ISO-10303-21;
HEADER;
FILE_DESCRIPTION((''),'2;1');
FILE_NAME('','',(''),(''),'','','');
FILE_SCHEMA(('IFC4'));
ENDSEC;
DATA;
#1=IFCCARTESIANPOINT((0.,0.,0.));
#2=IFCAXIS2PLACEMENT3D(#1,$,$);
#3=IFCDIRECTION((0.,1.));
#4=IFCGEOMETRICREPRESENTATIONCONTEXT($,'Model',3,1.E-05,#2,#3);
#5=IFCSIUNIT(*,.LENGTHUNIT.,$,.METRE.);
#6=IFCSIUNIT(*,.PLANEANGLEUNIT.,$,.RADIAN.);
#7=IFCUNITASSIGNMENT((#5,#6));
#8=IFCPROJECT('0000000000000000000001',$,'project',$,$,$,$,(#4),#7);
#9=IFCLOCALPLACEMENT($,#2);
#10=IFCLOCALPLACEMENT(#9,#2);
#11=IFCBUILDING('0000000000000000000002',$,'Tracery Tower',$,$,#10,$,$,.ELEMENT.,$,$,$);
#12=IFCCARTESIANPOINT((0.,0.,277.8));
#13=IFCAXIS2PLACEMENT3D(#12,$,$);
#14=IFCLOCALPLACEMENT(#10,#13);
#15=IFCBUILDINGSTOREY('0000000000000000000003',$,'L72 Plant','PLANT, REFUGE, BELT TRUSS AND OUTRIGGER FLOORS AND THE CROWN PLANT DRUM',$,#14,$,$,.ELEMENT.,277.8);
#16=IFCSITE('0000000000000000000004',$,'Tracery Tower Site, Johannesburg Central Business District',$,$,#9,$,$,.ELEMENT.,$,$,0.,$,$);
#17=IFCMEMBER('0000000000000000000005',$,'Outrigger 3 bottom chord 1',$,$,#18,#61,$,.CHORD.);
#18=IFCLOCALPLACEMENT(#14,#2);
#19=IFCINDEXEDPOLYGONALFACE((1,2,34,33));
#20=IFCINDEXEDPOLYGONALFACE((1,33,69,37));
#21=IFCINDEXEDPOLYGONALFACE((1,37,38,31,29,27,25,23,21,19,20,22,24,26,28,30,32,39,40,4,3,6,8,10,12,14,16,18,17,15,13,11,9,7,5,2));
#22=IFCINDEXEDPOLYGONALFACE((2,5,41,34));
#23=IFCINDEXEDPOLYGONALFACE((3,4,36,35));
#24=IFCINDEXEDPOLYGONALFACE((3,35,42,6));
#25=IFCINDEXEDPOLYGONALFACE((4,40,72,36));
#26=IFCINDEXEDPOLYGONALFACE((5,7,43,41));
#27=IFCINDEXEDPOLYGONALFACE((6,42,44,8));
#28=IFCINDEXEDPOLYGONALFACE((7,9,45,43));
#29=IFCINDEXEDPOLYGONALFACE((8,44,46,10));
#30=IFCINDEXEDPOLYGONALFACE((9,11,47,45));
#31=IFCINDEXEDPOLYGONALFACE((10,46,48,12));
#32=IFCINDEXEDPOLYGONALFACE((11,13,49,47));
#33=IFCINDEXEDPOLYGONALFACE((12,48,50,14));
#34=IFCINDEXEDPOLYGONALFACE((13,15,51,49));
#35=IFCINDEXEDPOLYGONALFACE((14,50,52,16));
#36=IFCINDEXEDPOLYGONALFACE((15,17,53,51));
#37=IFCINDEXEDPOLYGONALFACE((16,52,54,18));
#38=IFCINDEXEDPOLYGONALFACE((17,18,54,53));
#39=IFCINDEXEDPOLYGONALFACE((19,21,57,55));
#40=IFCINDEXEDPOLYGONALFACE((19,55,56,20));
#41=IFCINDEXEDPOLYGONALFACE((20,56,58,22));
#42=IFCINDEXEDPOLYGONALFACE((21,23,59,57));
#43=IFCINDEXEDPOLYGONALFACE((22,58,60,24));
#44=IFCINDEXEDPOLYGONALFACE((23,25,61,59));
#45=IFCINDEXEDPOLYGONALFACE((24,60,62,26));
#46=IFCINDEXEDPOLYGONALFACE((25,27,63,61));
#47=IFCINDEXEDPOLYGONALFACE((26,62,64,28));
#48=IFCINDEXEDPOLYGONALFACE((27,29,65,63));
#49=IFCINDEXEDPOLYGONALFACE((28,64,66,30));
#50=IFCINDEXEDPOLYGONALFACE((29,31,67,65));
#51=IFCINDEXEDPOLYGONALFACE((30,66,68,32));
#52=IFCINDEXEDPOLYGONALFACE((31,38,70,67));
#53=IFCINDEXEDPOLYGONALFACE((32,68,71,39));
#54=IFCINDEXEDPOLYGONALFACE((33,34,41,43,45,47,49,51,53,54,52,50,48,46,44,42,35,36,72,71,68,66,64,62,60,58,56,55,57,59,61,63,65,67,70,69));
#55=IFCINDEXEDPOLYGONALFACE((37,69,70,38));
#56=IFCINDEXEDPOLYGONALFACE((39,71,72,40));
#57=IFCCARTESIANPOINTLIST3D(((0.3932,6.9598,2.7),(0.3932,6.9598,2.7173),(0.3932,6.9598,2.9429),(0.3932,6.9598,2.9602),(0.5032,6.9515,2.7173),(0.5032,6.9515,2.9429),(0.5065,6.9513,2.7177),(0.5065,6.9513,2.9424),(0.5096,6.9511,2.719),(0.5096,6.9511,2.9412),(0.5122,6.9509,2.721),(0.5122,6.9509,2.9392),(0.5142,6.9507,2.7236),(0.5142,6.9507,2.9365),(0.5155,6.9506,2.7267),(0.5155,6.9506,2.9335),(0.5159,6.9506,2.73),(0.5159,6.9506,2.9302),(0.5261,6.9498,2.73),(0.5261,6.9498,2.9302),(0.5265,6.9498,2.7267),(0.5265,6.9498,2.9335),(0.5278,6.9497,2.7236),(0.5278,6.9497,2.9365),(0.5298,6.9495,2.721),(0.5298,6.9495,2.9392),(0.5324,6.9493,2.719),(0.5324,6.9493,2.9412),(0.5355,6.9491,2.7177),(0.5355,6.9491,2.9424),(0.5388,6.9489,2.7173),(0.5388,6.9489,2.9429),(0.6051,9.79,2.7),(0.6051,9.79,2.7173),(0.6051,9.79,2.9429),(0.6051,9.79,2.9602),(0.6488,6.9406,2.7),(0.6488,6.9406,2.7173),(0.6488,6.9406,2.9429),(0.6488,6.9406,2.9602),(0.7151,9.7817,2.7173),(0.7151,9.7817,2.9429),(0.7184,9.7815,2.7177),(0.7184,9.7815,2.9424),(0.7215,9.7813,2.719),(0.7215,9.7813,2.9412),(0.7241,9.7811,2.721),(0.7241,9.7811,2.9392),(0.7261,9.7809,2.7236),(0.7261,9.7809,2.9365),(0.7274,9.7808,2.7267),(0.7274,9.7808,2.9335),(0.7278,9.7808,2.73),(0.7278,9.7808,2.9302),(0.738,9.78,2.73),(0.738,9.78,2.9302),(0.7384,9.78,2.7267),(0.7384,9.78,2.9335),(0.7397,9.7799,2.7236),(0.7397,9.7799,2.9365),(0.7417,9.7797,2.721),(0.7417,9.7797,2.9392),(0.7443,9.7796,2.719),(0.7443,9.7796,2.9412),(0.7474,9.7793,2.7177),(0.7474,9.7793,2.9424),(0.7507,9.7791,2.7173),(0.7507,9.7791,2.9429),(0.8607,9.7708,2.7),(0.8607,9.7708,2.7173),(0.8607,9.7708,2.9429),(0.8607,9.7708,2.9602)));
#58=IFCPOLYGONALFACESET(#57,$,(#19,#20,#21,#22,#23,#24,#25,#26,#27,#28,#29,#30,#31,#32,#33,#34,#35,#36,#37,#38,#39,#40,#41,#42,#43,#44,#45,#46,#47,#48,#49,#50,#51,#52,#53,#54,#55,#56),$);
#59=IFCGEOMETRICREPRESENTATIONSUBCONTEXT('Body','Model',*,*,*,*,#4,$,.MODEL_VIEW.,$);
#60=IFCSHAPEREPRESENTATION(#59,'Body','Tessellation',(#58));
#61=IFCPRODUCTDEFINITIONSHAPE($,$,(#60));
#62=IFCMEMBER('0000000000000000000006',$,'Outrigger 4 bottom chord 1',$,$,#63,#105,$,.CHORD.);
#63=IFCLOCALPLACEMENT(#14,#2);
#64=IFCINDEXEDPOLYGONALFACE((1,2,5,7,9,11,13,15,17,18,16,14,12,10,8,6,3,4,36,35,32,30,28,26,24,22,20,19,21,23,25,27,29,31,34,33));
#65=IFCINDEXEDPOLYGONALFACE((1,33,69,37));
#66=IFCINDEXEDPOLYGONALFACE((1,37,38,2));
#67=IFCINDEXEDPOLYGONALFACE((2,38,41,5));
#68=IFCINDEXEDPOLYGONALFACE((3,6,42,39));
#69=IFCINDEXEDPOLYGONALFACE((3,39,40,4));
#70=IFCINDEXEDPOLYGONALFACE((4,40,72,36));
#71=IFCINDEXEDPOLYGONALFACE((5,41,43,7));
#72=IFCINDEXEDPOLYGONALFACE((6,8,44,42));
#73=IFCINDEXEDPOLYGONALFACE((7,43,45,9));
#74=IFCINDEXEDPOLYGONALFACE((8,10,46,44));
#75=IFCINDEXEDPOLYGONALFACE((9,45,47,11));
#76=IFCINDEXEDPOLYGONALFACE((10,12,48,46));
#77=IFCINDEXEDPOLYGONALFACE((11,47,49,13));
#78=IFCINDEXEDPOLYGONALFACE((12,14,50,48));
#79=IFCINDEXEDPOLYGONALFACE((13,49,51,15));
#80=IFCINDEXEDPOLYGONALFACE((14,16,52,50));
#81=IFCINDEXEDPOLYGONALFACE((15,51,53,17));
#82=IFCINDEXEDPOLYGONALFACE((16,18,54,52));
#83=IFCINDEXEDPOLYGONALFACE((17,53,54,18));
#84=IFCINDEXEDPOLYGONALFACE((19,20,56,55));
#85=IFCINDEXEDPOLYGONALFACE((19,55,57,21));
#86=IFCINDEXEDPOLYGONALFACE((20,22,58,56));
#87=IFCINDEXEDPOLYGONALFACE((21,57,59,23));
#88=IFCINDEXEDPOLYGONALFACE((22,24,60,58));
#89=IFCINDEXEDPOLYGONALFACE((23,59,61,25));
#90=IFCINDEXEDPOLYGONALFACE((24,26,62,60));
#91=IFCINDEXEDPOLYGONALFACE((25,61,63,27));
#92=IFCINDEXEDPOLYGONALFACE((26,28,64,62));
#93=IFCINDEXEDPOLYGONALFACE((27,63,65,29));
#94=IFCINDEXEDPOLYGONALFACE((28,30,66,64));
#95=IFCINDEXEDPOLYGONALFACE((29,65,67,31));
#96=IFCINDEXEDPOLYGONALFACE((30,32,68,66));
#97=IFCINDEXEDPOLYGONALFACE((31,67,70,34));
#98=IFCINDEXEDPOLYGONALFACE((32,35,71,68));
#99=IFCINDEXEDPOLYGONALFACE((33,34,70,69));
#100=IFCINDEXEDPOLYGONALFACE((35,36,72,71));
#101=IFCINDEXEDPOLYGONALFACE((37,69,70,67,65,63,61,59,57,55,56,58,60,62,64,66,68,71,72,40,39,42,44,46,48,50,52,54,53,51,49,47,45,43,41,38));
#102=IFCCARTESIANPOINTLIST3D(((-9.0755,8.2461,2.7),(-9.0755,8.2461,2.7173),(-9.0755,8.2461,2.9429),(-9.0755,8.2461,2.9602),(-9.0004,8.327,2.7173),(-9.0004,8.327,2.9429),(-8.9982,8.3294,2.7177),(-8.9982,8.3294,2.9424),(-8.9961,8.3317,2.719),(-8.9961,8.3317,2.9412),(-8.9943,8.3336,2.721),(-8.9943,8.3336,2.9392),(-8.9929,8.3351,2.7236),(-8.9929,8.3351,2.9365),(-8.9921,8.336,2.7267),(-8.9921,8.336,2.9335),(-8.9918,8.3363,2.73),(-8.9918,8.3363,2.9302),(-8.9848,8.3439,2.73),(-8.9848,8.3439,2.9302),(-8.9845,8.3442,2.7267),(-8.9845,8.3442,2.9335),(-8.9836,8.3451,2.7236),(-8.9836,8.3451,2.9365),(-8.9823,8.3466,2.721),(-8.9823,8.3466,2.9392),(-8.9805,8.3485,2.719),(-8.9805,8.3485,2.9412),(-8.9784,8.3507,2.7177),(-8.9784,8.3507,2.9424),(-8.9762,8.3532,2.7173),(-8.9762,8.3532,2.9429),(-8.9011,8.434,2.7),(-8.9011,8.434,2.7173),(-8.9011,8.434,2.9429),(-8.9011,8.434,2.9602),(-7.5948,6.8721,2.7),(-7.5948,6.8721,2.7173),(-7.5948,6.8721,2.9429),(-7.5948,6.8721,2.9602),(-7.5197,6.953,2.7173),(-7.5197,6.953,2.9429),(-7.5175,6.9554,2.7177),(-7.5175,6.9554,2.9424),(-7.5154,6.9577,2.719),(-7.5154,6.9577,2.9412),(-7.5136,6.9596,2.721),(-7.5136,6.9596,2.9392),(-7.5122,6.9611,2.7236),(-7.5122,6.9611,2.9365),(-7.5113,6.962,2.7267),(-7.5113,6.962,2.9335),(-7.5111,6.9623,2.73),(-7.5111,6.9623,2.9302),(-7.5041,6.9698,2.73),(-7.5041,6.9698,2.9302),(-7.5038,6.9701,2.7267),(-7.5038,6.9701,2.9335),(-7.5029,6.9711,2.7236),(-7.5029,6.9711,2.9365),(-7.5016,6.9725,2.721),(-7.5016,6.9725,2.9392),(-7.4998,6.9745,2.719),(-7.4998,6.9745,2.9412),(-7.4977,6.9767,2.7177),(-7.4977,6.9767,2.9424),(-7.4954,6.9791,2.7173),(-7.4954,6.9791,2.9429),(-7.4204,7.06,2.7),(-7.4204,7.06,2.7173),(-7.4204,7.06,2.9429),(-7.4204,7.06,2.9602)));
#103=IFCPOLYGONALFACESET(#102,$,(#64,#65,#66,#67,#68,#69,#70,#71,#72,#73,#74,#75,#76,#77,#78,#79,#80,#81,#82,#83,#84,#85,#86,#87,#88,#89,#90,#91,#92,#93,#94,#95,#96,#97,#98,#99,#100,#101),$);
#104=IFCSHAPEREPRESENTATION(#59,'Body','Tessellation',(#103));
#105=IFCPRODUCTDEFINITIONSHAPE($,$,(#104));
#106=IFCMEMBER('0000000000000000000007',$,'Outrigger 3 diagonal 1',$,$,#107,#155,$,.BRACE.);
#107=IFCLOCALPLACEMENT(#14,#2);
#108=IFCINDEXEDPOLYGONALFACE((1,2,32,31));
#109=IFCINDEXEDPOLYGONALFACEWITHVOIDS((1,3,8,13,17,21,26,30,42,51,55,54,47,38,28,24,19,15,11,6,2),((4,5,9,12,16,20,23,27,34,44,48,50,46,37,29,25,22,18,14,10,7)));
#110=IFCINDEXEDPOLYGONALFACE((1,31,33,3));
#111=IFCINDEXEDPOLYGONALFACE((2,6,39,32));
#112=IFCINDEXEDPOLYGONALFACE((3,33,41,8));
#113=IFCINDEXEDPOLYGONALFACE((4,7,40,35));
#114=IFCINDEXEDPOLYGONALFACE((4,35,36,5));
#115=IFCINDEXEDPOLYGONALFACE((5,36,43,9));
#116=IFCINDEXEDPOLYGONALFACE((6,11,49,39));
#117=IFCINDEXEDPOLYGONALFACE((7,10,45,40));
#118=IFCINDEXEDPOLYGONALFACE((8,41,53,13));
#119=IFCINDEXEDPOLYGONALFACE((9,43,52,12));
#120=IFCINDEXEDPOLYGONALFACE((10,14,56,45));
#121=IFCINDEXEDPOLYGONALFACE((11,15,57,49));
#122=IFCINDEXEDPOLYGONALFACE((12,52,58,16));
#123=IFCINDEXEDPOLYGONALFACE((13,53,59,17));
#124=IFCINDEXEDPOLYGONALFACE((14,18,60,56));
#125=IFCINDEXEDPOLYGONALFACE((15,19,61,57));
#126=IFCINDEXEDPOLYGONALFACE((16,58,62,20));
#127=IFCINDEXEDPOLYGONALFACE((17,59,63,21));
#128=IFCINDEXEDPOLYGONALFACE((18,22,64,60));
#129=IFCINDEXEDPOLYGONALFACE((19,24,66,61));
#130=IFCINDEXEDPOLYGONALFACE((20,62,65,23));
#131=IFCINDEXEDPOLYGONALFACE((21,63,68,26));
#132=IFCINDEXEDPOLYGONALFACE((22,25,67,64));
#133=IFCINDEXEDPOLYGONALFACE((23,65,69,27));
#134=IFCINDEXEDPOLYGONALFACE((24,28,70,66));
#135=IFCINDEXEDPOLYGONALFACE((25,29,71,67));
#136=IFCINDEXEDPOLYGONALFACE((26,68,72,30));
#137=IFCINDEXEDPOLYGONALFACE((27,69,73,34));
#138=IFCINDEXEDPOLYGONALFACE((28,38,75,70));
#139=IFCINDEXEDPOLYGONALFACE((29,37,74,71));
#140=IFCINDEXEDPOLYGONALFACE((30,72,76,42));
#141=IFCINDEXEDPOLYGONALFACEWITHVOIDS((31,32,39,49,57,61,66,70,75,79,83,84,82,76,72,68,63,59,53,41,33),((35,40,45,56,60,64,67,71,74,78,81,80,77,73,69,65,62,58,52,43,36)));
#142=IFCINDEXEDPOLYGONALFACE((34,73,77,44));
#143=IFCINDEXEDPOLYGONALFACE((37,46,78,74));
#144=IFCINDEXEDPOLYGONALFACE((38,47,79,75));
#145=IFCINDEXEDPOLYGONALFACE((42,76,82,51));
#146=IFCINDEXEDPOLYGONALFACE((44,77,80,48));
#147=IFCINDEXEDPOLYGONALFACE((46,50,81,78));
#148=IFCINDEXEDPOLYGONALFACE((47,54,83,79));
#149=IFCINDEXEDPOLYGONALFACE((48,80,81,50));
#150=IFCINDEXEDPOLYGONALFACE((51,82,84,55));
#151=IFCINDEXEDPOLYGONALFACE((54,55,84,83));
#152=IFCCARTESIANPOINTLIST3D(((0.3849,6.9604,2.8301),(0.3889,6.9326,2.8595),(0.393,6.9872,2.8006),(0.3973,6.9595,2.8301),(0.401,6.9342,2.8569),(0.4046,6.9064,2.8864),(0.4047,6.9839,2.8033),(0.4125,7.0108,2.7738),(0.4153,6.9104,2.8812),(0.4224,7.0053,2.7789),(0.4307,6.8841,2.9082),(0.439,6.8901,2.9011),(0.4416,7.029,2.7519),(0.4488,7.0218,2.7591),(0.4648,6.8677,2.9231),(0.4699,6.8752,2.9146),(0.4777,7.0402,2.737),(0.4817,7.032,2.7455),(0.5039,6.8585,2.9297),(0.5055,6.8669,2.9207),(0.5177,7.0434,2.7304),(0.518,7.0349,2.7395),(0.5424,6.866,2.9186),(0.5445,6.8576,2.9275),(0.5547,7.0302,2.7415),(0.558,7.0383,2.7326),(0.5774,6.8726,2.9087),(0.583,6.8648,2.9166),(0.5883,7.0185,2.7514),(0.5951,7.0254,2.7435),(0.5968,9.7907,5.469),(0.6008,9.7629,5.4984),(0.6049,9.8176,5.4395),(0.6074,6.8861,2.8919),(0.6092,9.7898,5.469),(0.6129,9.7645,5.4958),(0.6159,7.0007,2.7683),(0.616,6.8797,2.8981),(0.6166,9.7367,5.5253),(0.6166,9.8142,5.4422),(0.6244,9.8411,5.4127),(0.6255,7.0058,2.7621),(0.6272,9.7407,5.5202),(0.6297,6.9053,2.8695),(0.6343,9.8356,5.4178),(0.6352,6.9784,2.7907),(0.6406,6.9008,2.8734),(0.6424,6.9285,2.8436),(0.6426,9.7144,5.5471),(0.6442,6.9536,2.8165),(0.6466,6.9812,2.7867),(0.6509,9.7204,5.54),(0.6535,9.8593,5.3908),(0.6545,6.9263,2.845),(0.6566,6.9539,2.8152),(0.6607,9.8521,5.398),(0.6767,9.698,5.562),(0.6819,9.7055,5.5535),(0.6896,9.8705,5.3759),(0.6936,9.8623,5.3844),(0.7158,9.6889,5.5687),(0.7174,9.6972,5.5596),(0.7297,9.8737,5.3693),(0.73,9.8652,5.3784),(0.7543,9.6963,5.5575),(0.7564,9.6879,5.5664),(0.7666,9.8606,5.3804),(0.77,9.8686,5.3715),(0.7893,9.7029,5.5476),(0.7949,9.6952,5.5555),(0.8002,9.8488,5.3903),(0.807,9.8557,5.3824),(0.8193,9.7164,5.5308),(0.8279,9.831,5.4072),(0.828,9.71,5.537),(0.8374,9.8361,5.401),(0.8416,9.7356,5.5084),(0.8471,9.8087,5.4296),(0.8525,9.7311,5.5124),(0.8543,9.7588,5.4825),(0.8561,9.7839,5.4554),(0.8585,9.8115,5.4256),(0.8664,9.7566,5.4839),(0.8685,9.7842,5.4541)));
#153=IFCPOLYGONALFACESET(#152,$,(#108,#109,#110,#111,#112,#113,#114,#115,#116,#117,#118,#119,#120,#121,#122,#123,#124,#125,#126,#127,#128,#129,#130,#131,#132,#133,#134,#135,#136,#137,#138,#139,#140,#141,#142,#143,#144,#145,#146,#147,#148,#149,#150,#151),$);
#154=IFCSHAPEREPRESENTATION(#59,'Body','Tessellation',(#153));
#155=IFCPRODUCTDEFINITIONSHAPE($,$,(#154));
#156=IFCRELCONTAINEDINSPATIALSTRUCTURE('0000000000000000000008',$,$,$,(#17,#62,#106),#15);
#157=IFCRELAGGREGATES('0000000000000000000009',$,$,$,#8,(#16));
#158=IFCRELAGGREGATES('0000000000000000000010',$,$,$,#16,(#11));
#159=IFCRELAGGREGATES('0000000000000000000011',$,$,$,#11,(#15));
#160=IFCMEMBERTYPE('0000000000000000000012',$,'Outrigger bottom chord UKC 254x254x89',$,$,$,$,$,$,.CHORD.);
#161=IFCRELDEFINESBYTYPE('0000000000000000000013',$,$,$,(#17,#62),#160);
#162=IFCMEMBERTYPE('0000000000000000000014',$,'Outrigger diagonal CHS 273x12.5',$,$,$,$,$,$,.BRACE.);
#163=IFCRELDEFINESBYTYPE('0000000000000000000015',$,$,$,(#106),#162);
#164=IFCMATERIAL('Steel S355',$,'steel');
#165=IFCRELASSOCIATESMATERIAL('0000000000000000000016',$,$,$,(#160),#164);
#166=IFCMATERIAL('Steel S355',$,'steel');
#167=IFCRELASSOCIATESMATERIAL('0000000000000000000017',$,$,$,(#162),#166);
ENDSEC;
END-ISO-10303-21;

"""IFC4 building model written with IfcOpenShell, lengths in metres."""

from ifc_helpers import new_model, si_unit, direction, frame, origin, origin_2d, place, context, subcontext, project, spatial, hollow_circle, i_section, extrude, material, material_profile, profile_set, type_object, element, save


model = new_model("IFC4")

# Units and contexts
model_context = context("Model", 3, precision=1e-05, world=origin(), true_north=direction((0.0, 1.0)))
body_context = subcontext(model_context, "Body", "Model", "MODEL_VIEW")
ifc_project = project(units=[si_unit("LENGTHUNIT", "METRE"), si_unit("PLANEANGLEUNIT", "RADIAN")], contexts=[model_context])

# Site, building, storey
site_placement = place(None, origin())
site = spatial("IfcSite", under=ifc_project, at=site_placement, Name="Tracery Tower Site, Johannesburg Central Business District", CompositionType="ELEMENT", RefElevation=0.0)
building_placement = place(site_placement, origin())
building = spatial("IfcBuilding", under=site, at=building_placement, Name="Tracery Tower", CompositionType="ELEMENT")
storey_placement = place(building_placement, frame((0.0, 0.0, 277.8)))
storey = spatial("IfcBuildingStorey", under=building, at=storey_placement, Name="L72 Plant", Description="PLANT, REFUGE, BELT TRUSS AND OUTRIGGER FLOORS AND THE CROWN PLANT DRUM", CompositionType="ELEMENT", Elevation=277.8)

# Members
ifc_material_1 = material(Name="Steel S355", Category="steel")
ifc_material_profile_1 = material_profile(ifc_material_1, i_section(OverallWidth=0.2563, OverallDepth=0.2603, WebThickness=0.0103, FlangeThickness=0.0173, FilletRadius=0.0127, at=origin_2d()), Name="UKC 254x254x89")
ifc_profile_set_1 = profile_set([ifc_material_profile_1], Name="Steel S355")
member_type_1 = type_object("IfcMemberType", Name="Outrigger bottom chord UKC 254x254x89", PredefinedType="CHORD", material=ifc_profile_set_1)
member_1_placement = place(storey_placement, frame((0.521, 6.9502, 2.8301), z_axis=(0.074664, 0.997209, 0.0), x_axis=(-0.997209, 0.074664, 0.0)))
element("IfcMember", 1, at=member_1_placement, inside=storey, type_object=member_type_1, Name="Outrigger 3 bottom chord 1", PredefinedType="CHORD", context=body_context, shape_type="SweptSolid", body=[
    extrude(i_section(OverallWidth=0.2563, OverallDepth=0.2603, WebThickness=0.0103, FlangeThickness=0.0173, FilletRadius=0.0127, at=origin_2d()), origin(), (0.0, 0.0, 1.0), 2.8381),
])
member_2_placement = place(storey_placement, frame((-7.5076, 6.9661, 2.8301), z_axis=(-0.733022, 0.680205, 0.0), x_axis=(-0.680205, -0.733022, 0.0)))
element("IfcMember", 2, at=member_2_placement, inside=storey, type_object=member_type_1, Name="Outrigger 4 bottom chord 1", PredefinedType="CHORD", context=body_context, shape_type="SweptSolid", body=[
    extrude(i_section(OverallWidth=0.2563, OverallDepth=0.2603, WebThickness=0.0103, FlangeThickness=0.0173, FilletRadius=0.0127, at=origin_2d()), origin(), (0.0, 0.0, 1.0), 2.02),
])
ifc_material_2 = material(Name="Steel S355", Category="steel")
ifc_material_profile_2 = material_profile(ifc_material_2, hollow_circle(Radius=0.1365, WallThickness=0.0125, at=origin_2d()), Name="CHS 273x12.5")
ifc_profile_set_2 = profile_set([ifc_material_profile_2], Name="Steel S355")
member_type_2 = type_object("IfcMemberType", Name="Outrigger diagonal CHS 273x12.5", PredefinedType="BRACE", material=ifc_profile_set_2)
member_3_placement = place(storey_placement, frame((0.521, 6.9502, 2.8301), z_axis=(0.05468, 0.730311, 0.680923), x_axis=(-0.997209, 0.074664, 0.0)))
element("IfcMember", 3, at=member_3_placement, inside=storey, type_object=member_type_2, Name="Outrigger 3 diagonal 1", PredefinedType="BRACE", context=body_context, shape_type="SweptSolid", body=[
    extrude(hollow_circle(Radius=0.1365, WallThickness=0.0125, at=origin_2d()), origin(), (0.0, 0.0, 1.0), 3.8755),
])

save(model, "model.ifc")
